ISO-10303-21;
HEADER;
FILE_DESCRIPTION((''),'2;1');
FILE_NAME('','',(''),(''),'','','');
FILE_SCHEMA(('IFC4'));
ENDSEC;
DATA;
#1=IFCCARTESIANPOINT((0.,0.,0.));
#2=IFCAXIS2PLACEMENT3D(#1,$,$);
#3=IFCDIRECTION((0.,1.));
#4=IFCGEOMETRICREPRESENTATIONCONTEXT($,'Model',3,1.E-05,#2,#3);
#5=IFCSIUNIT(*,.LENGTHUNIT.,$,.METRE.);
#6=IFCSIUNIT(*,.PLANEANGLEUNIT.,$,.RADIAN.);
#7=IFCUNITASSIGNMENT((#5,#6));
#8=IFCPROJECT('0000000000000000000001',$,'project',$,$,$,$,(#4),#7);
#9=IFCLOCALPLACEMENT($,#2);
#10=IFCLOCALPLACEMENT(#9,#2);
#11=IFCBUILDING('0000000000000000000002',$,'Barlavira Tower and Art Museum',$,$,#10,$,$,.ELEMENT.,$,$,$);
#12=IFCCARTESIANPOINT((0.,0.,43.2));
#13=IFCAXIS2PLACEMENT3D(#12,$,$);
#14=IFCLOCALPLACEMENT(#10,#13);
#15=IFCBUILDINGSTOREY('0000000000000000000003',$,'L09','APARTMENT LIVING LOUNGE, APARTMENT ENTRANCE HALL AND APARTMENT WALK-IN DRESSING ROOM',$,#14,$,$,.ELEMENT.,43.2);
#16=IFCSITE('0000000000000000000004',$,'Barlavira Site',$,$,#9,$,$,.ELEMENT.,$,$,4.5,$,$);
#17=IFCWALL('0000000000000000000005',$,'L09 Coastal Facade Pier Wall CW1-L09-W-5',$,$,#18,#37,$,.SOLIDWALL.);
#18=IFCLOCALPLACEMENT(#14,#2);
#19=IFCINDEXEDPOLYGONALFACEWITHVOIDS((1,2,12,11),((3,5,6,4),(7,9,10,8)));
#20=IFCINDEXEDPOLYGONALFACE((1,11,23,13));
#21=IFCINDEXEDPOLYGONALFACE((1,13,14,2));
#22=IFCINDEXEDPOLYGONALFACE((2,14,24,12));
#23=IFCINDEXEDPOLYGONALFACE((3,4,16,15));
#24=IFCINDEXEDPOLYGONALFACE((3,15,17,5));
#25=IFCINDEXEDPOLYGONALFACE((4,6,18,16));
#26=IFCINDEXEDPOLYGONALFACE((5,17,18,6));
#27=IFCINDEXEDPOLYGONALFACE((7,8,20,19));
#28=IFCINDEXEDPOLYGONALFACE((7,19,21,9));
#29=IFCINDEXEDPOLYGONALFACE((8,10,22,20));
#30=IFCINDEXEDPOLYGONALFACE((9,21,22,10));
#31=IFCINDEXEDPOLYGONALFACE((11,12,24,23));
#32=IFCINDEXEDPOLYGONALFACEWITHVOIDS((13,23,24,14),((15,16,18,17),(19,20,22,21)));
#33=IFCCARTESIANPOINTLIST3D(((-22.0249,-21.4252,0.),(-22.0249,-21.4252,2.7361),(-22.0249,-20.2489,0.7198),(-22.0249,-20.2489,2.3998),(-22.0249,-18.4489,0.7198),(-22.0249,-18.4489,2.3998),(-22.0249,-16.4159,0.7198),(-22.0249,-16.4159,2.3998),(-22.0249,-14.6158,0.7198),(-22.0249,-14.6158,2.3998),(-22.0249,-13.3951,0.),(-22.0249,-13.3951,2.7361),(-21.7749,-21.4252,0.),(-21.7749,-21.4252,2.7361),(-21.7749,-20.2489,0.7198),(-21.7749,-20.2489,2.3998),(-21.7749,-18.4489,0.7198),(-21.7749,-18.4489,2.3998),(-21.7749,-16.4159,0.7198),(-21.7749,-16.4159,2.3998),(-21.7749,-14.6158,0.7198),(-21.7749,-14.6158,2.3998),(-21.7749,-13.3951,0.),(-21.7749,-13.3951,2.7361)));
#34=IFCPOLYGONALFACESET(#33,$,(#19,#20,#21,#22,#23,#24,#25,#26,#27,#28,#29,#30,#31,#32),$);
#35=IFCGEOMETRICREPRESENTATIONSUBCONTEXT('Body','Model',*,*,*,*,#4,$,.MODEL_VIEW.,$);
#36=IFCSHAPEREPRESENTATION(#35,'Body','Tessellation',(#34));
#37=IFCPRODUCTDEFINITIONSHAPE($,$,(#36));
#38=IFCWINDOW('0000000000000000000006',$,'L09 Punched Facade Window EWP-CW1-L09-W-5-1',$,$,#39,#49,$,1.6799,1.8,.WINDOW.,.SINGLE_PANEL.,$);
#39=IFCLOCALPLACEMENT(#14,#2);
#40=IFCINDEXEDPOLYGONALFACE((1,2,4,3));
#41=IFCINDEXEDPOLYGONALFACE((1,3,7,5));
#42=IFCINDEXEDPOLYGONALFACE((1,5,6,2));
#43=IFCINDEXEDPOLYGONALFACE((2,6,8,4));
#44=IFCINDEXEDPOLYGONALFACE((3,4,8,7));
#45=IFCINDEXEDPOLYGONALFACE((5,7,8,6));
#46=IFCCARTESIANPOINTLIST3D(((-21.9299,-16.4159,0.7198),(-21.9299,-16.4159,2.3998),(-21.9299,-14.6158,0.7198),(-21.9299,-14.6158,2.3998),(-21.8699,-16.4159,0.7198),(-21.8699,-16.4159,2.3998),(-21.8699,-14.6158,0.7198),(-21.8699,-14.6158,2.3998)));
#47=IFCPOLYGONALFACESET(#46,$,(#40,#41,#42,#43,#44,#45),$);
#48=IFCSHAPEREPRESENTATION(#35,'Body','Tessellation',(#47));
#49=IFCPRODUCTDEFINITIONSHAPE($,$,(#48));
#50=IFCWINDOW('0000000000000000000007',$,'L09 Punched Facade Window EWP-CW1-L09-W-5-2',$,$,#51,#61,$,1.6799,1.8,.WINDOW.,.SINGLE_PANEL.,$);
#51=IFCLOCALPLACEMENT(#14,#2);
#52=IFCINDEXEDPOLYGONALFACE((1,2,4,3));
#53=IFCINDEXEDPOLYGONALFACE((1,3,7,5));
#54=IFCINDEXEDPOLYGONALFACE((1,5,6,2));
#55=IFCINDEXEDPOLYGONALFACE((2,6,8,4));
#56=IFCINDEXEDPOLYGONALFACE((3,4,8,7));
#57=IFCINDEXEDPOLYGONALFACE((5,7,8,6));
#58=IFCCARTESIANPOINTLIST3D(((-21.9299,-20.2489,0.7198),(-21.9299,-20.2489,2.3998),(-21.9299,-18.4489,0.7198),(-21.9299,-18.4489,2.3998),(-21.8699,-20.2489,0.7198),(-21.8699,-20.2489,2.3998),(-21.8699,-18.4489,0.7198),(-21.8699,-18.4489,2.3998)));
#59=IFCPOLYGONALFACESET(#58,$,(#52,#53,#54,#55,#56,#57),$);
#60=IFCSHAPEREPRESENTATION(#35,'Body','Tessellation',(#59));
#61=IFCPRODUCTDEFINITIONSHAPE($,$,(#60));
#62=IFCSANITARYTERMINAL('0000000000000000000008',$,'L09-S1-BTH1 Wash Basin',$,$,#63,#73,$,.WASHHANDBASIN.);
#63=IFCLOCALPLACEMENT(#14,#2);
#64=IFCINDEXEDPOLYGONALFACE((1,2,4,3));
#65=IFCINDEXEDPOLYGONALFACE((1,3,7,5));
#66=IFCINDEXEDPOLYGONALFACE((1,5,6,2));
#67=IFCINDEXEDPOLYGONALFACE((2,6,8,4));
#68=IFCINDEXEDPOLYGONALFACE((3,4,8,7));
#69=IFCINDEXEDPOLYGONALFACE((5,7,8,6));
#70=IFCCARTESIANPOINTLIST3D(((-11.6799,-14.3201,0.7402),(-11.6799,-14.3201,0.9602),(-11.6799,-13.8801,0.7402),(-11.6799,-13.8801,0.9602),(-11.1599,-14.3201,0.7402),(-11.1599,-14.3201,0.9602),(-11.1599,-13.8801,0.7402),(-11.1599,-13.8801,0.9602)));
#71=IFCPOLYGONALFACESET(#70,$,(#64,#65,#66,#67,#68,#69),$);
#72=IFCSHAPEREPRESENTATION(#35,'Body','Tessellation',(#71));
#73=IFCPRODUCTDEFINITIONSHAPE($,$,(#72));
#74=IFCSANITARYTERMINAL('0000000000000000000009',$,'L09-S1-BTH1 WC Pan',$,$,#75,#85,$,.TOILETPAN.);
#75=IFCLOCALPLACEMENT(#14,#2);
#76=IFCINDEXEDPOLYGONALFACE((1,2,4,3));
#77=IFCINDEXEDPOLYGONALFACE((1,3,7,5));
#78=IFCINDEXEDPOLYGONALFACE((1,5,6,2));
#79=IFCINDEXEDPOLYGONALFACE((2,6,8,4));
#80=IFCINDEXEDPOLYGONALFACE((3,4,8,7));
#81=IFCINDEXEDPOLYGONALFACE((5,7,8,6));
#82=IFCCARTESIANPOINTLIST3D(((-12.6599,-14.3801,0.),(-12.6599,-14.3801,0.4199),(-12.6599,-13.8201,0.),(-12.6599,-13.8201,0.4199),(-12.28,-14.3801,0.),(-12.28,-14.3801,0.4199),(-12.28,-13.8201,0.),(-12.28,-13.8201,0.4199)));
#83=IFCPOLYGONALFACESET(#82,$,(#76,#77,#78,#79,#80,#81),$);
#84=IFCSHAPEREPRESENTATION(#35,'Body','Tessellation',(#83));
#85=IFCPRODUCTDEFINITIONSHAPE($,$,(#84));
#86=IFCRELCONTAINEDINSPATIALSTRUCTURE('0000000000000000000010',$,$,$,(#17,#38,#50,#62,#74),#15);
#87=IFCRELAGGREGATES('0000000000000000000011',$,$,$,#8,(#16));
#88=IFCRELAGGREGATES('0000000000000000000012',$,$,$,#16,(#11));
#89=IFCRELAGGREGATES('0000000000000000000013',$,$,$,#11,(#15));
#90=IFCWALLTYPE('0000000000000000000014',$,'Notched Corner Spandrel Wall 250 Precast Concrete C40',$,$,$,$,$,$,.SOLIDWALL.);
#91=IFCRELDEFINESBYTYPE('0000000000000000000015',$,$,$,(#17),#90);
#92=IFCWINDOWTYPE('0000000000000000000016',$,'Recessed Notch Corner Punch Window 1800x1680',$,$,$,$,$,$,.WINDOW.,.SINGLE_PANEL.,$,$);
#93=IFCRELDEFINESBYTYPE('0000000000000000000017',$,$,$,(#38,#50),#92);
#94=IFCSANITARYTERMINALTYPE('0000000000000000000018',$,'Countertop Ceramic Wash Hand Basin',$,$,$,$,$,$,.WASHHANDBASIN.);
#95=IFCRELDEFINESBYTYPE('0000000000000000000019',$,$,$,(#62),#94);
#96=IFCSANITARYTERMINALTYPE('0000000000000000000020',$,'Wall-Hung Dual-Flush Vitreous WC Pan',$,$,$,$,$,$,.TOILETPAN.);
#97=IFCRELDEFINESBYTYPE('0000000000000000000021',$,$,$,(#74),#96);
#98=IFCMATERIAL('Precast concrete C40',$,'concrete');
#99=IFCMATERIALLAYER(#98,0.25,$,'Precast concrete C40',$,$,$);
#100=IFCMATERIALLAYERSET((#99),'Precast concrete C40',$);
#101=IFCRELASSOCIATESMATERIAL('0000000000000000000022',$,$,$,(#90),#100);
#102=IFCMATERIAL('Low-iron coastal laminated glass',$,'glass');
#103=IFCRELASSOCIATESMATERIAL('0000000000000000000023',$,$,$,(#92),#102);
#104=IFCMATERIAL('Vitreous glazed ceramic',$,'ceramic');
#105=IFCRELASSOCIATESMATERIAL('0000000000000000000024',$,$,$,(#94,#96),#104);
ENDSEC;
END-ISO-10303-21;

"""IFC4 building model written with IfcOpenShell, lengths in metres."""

from ifc_helpers import new_model, si_unit, direction, frame, frame_2d, origin, origin_2d, place, context, subcontext, project, spatial, rectangle, extrude, material, layer, layer_set, type_object, element, fill, save


model = new_model("IFC4")

# Units and contexts
model_context = context("Model", 3, precision=1e-05, world=origin(), true_north=direction((0.0, 1.0)))
body_context = subcontext(model_context, "Body", "Model", "MODEL_VIEW")
ifc_project = project(units=[si_unit("LENGTHUNIT", "METRE"), si_unit("PLANEANGLEUNIT", "RADIAN")], contexts=[model_context])

# Site, building, storey
site_placement = place(None, origin())
site = spatial("IfcSite", under=ifc_project, at=site_placement, Name="Barlavira Site", CompositionType="ELEMENT", RefElevation=4.5)
building_placement = place(site_placement, origin())
building = spatial("IfcBuilding", under=site, at=building_placement, Name="Barlavira Tower and Art Museum", CompositionType="ELEMENT")
storey_placement = place(building_placement, frame((0.0, 0.0, 43.2)))
storey = spatial("IfcBuildingStorey", under=building, at=storey_placement, Name="L09", Description="APARTMENT LIVING LOUNGE, APARTMENT ENTRANCE HALL AND APARTMENT WALK-IN DRESSING ROOM", CompositionType="ELEMENT", Elevation=43.2)

# Wall, openings, windows
ifc_material_1 = material(Name="Precast concrete C40", Category="concrete")
ifc_layer_1 = layer(ifc_material_1, 0.25, Name="Precast concrete C40")
ifc_layer_set_1 = layer_set([ifc_layer_1], Name="Precast concrete C40")
wall_type_1 = type_object("IfcWallType", Name="Notched Corner Spandrel Wall 250 Precast Concrete C40", PredefinedType="SOLIDWALL", material=ifc_layer_set_1)
wall_1_placement = place(storey_placement, frame((-21.8999, -13.395, 0.0), z_axis=(0.0, 0.0, 1.0), x_axis=(0.0, -1.0, 0.0)))
wall_1 = element("IfcWall", 1, at=wall_1_placement, inside=storey, type_object=wall_type_1, Name="L09 Coastal Facade Pier Wall CW1-L09-W-5", PredefinedType="SOLIDWALL", context=body_context, shape_type="SweptSolid", body=[
    extrude(rectangle(XDim=8.03, YDim=0.25, at=frame_2d((4.0151, 0.0))), origin(), (0.0, 0.0, 1.0), 2.7361),
])
opening_1_placement = place(wall_1_placement, frame((1.2209, 0.0, 0.72)))
opening_1 = element("IfcOpeningElement", 2, at=opening_1_placement, cuts=wall_1, PredefinedType="OPENING", context=body_context, shape_type="SweptSolid", body=[
    extrude(rectangle(XDim=1.8, YDim=1.6799, at=frame_2d((0.8999, 0.8398))), frame((0.0, 0.135, 0.0), z_axis=(0.0, -1.0, 0.0), x_axis=(1.0, 0.0, 0.0)), (0.0, 0.0, 1.0), 0.27),
])
opening_2_placement = place(wall_1_placement, frame((5.054, 0.0, 0.72)))
opening_2 = element("IfcOpeningElement", 3, at=opening_2_placement, cuts=wall_1, PredefinedType="OPENING", context=body_context, shape_type="SweptSolid", body=[
    extrude(rectangle(XDim=1.8, YDim=1.6799, at=frame_2d((0.8999, 0.8398))), frame((0.0, 0.135, 0.0), z_axis=(0.0, -1.0, 0.0), x_axis=(1.0, 0.0, 0.0)), (0.0, 0.0, 1.0), 0.27),
])
ifc_material_2 = material(Name="Low-iron coastal laminated glass", Category="glass")
window_type = type_object("IfcWindowType", Name="Recessed Notch Corner Punch Window 1800x1680", PartitioningType="SINGLE_PANEL", PredefinedType="WINDOW", material=ifc_material_2)
window_1_placement = place(opening_1_placement, origin())
window_1 = element("IfcWindow", 4, at=window_1_placement, inside=storey, type_object=window_type, Name="L09 Punched Facade Window EWP-CW1-L09-W-5-1", OverallHeight=1.6799, OverallWidth=1.8, PartitioningType="SINGLE_PANEL", PredefinedType="WINDOW", context=body_context, shape_type="SweptSolid", body=[
    extrude(rectangle(XDim=1.8, YDim=1.6799, at=frame_2d((0.8999, 0.8398))), frame((0.0, 0.03, 0.0), z_axis=(0.0, -1.0, 0.0), x_axis=(1.0, 0.0, 0.0)), (0.0, 0.0, 1.0), 0.0601),
])
fill(opening_1, window_1)
window_2_placement = place(opening_2_placement, origin())
window_2 = element("IfcWindow", 5, at=window_2_placement, inside=storey, type_object=window_type, Name="L09 Punched Facade Window EWP-CW1-L09-W-5-2", OverallHeight=1.6799, OverallWidth=1.8, PartitioningType="SINGLE_PANEL", PredefinedType="WINDOW", context=body_context, shape_type="SweptSolid", body=[
    extrude(rectangle(XDim=1.8, YDim=1.6799, at=frame_2d((0.8999, 0.8398))), frame((0.0, 0.03, 0.0), z_axis=(0.0, -1.0, 0.0), x_axis=(1.0, 0.0, 0.0)), (0.0, 0.0, 1.0), 0.0601),
])
fill(opening_2, window_2)

# Sanitary terminals
ifc_material_3 = material(Name="Vitreous glazed ceramic", Category="ceramic")
sanitary_terminal_type_1 = type_object("IfcSanitaryTerminalType", Name="Countertop Ceramic Wash Hand Basin", PredefinedType="WASHHANDBASIN", material=ifc_material_3)
sanitary_terminal_1_placement = place(storey_placement, frame((-11.4199, -14.1001, 0.7402), z_axis=(0.0, 0.0, 1.0), x_axis=(1.0, 0.0, 0.0)))
element("IfcSanitaryTerminal", 6, at=sanitary_terminal_1_placement, inside=storey, type_object=sanitary_terminal_type_1, Name="L09-S1-BTH1 Wash Basin", PredefinedType="WASHHANDBASIN", context=body_context, shape_type="SweptSolid", body=[
    extrude(rectangle(XDim=0.52, YDim=0.4399, at=origin_2d()), origin(), (0.0, 0.0, 1.0), 0.22),
])
sanitary_terminal_type_2 = type_object("IfcSanitaryTerminalType", Name="Wall-Hung Dual-Flush Vitreous WC Pan", PredefinedType="TOILETPAN", material=ifc_material_3)
sanitary_terminal_2_placement = place(storey_placement, frame((-12.47, -14.1001, 0.0), z_axis=(0.0, 0.0, 1.0), x_axis=(1.0, 0.0, 0.0)))
element("IfcSanitaryTerminal", 7, at=sanitary_terminal_2_placement, inside=storey, type_object=sanitary_terminal_type_2, Name="L09-S1-BTH1 WC Pan", PredefinedType="TOILETPAN", context=body_context, shape_type="SweptSolid", body=[
    extrude(rectangle(XDim=0.3799, YDim=0.5601, at=origin_2d()), origin(), (0.0, 0.0, 1.0), 0.4199),
])

save(model, "model.ifc")
